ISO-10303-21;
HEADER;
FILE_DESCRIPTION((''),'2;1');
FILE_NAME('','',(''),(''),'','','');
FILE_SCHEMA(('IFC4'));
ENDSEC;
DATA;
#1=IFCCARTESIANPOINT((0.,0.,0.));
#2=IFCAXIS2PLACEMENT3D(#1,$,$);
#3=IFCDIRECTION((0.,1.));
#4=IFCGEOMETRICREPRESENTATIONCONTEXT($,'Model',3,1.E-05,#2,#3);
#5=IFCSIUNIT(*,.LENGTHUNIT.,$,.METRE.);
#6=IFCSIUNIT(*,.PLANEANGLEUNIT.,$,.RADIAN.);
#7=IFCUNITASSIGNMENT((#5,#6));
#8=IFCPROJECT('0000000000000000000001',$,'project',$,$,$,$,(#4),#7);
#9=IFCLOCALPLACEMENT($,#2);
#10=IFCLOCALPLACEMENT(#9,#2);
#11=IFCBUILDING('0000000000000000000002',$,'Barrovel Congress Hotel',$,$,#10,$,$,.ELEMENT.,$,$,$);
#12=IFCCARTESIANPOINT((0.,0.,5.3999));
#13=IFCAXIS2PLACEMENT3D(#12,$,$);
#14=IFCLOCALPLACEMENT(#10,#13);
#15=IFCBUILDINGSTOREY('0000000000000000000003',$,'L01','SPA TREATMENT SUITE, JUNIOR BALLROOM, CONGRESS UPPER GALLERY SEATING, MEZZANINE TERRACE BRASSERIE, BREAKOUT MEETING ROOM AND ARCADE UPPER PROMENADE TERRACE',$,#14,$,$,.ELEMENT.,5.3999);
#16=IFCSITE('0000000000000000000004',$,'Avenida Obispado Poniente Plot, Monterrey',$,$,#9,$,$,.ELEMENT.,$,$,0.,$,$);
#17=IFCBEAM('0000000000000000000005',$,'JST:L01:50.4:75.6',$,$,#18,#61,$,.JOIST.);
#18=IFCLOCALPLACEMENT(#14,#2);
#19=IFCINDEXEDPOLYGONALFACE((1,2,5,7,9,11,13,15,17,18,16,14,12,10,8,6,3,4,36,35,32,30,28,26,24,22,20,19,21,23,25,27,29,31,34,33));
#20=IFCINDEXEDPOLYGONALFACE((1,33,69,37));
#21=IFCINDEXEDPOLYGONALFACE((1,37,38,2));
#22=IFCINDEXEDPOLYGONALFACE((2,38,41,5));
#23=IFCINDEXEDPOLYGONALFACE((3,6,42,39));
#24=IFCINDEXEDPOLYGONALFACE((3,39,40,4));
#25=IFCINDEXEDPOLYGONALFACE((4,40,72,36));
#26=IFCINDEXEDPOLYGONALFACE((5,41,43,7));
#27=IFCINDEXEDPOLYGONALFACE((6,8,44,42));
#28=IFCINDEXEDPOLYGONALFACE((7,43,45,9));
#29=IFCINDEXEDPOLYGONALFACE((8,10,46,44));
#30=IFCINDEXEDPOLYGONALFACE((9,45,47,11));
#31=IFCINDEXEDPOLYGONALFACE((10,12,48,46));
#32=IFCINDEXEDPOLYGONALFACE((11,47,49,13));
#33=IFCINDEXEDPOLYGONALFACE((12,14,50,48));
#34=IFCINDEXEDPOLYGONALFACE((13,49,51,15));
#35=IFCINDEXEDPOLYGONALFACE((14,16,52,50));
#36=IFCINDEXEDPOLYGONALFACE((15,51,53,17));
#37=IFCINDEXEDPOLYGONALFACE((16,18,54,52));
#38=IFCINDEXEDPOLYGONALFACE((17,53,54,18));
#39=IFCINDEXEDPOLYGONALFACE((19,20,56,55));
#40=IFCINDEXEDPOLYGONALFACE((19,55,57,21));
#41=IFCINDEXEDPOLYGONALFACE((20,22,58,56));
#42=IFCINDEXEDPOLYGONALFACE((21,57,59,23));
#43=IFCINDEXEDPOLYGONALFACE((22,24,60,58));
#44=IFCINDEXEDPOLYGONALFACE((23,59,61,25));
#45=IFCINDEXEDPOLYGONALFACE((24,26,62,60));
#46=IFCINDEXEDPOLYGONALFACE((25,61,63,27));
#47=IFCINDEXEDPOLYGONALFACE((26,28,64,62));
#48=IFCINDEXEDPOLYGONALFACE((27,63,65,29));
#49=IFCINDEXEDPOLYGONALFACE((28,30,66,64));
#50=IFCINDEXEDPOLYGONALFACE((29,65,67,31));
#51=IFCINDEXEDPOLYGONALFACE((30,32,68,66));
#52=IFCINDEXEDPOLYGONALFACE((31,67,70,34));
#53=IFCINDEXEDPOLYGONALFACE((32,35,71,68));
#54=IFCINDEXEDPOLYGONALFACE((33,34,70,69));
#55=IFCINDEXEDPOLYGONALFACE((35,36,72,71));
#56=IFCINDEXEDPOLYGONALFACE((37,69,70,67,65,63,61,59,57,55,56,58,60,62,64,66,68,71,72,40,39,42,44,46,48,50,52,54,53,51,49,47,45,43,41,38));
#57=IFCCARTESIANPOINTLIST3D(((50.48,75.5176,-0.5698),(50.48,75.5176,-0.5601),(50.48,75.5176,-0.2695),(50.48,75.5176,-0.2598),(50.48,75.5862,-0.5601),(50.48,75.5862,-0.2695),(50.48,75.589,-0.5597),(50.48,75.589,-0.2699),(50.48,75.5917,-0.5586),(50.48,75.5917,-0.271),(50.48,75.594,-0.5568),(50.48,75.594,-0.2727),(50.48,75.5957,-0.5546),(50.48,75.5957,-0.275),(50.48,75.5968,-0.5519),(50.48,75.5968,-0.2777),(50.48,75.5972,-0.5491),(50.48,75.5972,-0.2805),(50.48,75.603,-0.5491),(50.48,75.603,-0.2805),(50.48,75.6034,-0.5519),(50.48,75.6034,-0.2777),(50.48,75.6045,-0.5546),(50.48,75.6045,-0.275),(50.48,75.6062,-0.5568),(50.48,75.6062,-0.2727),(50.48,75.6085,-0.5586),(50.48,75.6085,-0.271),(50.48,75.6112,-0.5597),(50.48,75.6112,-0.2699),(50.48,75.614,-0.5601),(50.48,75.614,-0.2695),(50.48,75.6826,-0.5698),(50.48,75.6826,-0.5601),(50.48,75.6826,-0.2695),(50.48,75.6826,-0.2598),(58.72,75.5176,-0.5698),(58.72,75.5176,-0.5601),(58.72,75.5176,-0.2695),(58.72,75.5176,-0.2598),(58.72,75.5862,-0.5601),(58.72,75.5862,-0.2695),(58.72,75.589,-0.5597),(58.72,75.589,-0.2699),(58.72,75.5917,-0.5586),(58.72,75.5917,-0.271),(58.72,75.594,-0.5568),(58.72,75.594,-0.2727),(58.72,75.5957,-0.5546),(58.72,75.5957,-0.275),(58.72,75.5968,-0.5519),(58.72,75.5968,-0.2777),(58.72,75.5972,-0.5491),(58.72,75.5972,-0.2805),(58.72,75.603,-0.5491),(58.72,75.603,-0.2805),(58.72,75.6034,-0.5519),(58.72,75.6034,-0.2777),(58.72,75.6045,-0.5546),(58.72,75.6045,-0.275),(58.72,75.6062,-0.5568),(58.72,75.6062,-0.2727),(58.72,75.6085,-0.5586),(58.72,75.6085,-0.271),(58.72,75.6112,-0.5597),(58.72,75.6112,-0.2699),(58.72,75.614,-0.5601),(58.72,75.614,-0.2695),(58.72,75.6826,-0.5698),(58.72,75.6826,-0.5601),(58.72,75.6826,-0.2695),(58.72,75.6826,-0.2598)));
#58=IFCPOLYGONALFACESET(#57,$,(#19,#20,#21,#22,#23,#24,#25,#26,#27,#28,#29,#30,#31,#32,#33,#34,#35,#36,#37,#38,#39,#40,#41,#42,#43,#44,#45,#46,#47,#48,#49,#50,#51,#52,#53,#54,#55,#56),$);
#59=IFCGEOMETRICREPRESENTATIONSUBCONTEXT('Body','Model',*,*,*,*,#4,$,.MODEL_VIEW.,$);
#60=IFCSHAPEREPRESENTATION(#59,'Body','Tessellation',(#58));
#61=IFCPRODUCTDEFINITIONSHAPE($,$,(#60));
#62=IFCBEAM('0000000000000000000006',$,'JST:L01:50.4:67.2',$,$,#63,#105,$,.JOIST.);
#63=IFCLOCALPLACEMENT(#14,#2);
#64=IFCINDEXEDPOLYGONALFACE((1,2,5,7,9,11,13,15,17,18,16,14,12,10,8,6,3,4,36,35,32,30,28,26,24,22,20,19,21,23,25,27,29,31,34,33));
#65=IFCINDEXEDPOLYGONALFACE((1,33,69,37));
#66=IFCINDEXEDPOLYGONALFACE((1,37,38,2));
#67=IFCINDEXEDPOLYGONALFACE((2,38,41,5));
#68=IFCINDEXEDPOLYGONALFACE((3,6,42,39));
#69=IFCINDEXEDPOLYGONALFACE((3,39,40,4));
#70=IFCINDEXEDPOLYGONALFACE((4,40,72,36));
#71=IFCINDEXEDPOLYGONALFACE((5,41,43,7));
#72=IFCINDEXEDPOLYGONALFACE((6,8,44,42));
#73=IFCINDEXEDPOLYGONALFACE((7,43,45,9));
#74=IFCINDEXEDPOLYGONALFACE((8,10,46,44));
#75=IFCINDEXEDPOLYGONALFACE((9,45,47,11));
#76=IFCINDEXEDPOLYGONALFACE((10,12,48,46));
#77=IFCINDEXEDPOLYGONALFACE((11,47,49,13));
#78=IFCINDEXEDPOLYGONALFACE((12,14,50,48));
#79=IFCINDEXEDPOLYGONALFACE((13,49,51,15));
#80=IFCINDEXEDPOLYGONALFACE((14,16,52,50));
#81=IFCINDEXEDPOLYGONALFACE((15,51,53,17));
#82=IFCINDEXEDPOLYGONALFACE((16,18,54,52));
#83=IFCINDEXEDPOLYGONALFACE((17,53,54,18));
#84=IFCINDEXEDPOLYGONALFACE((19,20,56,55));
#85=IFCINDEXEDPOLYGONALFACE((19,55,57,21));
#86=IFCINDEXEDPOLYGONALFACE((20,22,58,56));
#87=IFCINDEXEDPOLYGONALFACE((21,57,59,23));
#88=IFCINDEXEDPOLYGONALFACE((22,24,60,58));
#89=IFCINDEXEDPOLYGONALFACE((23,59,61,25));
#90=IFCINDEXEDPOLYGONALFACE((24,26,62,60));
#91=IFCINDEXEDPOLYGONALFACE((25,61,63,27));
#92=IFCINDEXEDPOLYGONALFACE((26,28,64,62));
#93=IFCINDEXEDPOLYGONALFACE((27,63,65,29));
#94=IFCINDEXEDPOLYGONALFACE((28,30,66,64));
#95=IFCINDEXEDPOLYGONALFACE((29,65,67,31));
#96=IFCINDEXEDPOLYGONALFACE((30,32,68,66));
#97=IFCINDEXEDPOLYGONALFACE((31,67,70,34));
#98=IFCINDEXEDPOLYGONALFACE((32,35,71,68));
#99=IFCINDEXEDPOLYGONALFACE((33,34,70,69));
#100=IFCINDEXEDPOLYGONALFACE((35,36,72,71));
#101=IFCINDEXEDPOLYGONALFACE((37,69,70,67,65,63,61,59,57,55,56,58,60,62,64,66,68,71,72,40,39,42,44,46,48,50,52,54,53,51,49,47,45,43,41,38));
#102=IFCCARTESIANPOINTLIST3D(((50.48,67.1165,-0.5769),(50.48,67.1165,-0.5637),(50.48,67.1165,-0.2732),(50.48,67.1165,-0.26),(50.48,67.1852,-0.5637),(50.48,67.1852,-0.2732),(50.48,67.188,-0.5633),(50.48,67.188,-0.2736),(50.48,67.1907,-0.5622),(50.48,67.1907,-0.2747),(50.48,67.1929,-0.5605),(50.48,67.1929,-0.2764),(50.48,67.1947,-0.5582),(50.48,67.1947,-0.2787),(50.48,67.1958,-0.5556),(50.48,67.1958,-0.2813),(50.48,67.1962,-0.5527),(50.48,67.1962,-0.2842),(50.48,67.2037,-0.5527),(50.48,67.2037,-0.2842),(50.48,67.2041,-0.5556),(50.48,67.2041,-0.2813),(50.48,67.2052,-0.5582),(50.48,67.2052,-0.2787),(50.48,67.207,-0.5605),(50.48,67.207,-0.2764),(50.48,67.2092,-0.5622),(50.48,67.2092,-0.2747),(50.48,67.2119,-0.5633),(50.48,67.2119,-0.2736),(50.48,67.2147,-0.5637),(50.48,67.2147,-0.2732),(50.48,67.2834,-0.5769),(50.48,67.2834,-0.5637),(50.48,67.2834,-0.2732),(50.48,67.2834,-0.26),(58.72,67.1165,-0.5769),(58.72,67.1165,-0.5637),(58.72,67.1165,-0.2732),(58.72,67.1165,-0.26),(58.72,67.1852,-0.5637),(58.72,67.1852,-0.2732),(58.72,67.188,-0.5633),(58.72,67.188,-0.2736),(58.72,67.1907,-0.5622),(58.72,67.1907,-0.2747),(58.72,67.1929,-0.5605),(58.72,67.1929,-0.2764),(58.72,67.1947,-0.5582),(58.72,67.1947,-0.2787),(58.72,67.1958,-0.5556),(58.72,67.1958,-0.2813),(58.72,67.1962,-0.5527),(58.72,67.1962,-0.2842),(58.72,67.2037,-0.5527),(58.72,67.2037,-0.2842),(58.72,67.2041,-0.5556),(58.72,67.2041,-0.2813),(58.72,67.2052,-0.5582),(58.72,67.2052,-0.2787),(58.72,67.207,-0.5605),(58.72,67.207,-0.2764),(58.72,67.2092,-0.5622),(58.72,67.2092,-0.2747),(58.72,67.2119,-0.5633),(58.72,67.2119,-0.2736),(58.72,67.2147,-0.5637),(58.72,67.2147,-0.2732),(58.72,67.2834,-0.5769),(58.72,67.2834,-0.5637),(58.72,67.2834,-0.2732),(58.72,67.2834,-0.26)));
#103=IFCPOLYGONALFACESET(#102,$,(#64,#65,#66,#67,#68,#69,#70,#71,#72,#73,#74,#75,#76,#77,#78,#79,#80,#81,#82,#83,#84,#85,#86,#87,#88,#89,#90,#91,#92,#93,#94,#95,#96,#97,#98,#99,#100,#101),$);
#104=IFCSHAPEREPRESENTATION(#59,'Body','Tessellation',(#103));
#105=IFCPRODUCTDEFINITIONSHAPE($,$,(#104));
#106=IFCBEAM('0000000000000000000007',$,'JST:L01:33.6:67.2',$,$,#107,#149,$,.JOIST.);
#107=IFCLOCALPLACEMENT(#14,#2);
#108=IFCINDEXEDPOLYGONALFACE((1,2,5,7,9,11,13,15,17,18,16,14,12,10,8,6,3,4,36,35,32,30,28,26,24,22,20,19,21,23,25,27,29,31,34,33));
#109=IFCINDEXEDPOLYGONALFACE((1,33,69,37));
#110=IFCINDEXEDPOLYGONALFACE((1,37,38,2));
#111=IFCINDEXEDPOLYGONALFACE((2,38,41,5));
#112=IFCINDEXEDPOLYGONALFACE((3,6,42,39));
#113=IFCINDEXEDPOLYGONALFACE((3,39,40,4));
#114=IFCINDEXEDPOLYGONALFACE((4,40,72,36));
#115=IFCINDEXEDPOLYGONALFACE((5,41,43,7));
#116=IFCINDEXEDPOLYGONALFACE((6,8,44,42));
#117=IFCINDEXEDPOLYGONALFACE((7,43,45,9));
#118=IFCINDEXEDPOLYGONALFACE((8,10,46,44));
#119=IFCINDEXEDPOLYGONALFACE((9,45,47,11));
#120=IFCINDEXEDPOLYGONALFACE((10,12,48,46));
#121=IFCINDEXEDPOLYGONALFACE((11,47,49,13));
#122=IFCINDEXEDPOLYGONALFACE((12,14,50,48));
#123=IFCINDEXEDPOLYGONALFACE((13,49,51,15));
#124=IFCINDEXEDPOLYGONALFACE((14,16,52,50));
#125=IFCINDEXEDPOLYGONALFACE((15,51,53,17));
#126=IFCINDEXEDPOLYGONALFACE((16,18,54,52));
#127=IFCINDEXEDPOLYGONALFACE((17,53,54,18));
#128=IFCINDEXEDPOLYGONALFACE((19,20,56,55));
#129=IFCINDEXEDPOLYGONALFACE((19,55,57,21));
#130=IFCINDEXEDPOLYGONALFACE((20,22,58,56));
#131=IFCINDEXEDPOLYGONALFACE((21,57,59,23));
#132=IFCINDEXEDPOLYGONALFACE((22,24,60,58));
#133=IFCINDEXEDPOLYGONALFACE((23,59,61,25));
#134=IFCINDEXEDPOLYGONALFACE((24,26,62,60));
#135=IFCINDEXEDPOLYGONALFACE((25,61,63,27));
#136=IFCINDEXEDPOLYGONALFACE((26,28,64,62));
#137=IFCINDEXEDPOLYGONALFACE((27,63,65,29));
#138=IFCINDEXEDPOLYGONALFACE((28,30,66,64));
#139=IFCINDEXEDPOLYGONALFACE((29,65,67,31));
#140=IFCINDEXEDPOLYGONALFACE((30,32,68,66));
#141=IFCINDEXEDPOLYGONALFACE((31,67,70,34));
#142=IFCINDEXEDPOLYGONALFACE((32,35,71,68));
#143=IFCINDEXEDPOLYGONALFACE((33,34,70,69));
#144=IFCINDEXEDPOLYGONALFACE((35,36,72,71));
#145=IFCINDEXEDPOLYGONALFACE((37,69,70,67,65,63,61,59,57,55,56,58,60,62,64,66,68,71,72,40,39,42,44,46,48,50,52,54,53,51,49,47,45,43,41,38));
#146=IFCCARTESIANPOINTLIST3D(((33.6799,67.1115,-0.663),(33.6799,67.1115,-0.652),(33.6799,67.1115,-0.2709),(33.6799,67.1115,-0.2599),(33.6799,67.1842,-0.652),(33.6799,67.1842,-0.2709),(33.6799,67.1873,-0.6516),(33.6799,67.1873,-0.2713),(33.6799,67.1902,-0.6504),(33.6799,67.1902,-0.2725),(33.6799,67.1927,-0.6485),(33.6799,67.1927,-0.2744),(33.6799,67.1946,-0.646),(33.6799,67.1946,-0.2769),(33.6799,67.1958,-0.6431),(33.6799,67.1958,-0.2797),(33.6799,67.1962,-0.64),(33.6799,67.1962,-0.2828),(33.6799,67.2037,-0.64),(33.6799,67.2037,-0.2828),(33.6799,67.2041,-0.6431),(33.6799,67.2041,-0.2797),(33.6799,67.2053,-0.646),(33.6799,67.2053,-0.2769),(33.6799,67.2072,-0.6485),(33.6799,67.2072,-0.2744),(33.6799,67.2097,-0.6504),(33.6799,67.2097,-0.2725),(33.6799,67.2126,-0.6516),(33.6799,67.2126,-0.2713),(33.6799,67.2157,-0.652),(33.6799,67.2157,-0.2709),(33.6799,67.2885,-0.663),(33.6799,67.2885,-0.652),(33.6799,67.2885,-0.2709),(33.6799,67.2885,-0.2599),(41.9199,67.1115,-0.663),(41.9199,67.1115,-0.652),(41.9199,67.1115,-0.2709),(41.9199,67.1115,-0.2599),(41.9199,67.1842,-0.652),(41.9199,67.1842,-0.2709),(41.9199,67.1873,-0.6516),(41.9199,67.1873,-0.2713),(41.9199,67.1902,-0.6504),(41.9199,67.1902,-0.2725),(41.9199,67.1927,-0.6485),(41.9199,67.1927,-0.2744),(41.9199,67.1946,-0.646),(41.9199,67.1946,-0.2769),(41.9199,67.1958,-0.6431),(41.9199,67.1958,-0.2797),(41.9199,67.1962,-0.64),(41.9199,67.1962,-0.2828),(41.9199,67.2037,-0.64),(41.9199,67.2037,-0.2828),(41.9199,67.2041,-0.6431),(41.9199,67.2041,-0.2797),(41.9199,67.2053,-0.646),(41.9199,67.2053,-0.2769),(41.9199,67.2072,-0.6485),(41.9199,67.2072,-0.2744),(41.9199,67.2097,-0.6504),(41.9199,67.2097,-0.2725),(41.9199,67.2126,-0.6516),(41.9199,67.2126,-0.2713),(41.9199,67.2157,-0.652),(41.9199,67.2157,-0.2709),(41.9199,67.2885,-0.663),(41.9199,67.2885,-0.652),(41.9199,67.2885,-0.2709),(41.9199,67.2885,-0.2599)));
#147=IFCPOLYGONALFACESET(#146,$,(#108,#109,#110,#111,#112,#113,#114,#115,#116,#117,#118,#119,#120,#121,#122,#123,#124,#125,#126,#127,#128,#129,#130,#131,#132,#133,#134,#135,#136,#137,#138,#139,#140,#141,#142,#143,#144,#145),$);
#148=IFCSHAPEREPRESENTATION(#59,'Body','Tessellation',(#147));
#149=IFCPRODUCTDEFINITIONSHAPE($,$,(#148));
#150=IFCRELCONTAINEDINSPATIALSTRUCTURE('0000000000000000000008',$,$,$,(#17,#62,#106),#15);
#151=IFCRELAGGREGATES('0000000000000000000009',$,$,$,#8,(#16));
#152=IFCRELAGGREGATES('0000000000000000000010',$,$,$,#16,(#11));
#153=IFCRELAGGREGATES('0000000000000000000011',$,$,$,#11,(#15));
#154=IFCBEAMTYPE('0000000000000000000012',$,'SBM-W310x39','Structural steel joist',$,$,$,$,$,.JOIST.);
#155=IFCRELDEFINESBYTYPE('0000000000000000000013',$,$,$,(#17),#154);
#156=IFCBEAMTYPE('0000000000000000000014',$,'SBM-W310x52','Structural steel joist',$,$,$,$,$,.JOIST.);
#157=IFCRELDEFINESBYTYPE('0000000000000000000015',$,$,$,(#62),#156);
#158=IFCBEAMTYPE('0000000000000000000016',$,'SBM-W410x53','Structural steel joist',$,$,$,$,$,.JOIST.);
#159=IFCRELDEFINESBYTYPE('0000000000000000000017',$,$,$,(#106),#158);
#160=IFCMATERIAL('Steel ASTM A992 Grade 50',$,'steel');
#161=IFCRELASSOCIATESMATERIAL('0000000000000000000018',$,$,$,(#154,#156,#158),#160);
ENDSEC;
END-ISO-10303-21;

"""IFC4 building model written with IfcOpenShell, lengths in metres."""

from ifc_helpers import new_model, si_unit, direction, frame, origin, origin_2d, place, context, subcontext, project, spatial, i_section, extrude, material, material_profile, profile_set, type_object, element, save


model = new_model("IFC4")

# Units and contexts
model_context = context("Model", 3, precision=1e-05, world=origin(), true_north=direction((0.0, 1.0)))
body_context = subcontext(model_context, "Body", "Model", "MODEL_VIEW")
ifc_project = project(units=[si_unit("LENGTHUNIT", "METRE"), si_unit("PLANEANGLEUNIT", "RADIAN")], contexts=[model_context])

# Site, building, storey
site_placement = place(None, origin())
site = spatial("IfcSite", under=ifc_project, at=site_placement, Name="Avenida Obispado Poniente Plot, Monterrey", CompositionType="ELEMENT", RefElevation=0.0)
building_placement = place(site_placement, origin())
building = spatial("IfcBuilding", under=site, at=building_placement, Name="Barrovel Congress Hotel", CompositionType="ELEMENT")
storey_placement = place(building_placement, frame((0.0, 0.0, 5.3999)))
storey = spatial("IfcBuildingStorey", under=building, at=storey_placement, Name="L01", Description="SPA TREATMENT SUITE, JUNIOR BALLROOM, CONGRESS UPPER GALLERY SEATING, MEZZANINE TERRACE BRASSERIE, BREAKOUT MEETING ROOM AND ARCADE UPPER PROMENADE TERRACE", CompositionType="ELEMENT", Elevation=5.3999)

# Beams
ifc_material_1 = material(Name="Steel ASTM A992 Grade 50", Category="steel")
ifc_material_profile_1 = material_profile(ifc_material_1, i_section(OverallWidth=0.165, OverallDepth=0.3101, WebThickness=0.0059, FlangeThickness=0.0098, FilletRadius=0.011, at=origin_2d()), Name="W310x39")
ifc_profile_set_1 = profile_set([ifc_material_profile_1], Name="Steel ASTM A992 Grade 50")
beam_type_1 = type_object("IfcBeamType", Name="SBM-W310x39", Description="Structural steel joist", PredefinedType="JOIST", material=ifc_profile_set_1)
beam_1_placement = place(storey_placement, frame((50.48, 75.6001, -0.4148), z_axis=(1.0, 0.0, 0.0), x_axis=(0.0, 1.0, 0.0)))
element("IfcBeam", 1, at=beam_1_placement, inside=storey, type_object=beam_type_1, Name="JST:L01:50.4:75.6", PredefinedType="JOIST", context=body_context, shape_type="SweptSolid", body=[
    extrude(i_section(OverallWidth=0.165, OverallDepth=0.3101, WebThickness=0.0059, FlangeThickness=0.0098, FilletRadius=0.011, at=origin_2d()), origin(), (0.0, 0.0, 1.0), 8.24),
])
ifc_material_profile_2 = material_profile(ifc_material_1, i_section(OverallWidth=0.167, OverallDepth=0.3169, WebThickness=0.0076, FlangeThickness=0.0132, FilletRadius=0.011, at=origin_2d()), Name="W310x52")
ifc_profile_set_2 = profile_set([ifc_material_profile_2], Name="Steel ASTM A992 Grade 50")
beam_type_2 = type_object("IfcBeamType", Name="SBM-W310x52", Description="Structural steel joist", PredefinedType="JOIST", material=ifc_profile_set_2)
beam_2_placement = place(storey_placement, frame((50.48, 67.2, -0.4185), z_axis=(1.0, 0.0, 0.0), x_axis=(0.0, 1.0, 0.0)))
element("IfcBeam", 2, at=beam_2_placement, inside=storey, type_object=beam_type_2, Name="JST:L01:50.4:67.2", PredefinedType="JOIST", context=body_context, shape_type="SweptSolid", body=[
    extrude(i_section(OverallWidth=0.167, OverallDepth=0.3169, WebThickness=0.0076, FlangeThickness=0.0132, FilletRadius=0.011, at=origin_2d()), origin(), (0.0, 0.0, 1.0), 8.24),
])
ifc_material_profile_3 = material_profile(ifc_material_1, i_section(OverallWidth=0.177, OverallDepth=0.4031, WebThickness=0.0076, FlangeThickness=0.011, FilletRadius=0.012, at=origin_2d()), Name="W410x53")
ifc_profile_set_3 = profile_set([ifc_material_profile_3], Name="Steel ASTM A992 Grade 50")
beam_type_3 = type_object("IfcBeamType", Name="SBM-W410x53", Description="Structural steel joist", PredefinedType="JOIST", material=ifc_profile_set_3)
beam_3_placement = place(storey_placement, frame((33.6799, 67.2, -0.4614), z_axis=(1.0, 0.0, 0.0), x_axis=(0.0, 1.0, 0.0)))
element("IfcBeam", 3, at=beam_3_placement, inside=storey, type_object=beam_type_3, Name="JST:L01:33.6:67.2", PredefinedType="JOIST", context=body_context, shape_type="SweptSolid", body=[
    extrude(i_section(OverallWidth=0.177, OverallDepth=0.4031, WebThickness=0.0076, FlangeThickness=0.011, FilletRadius=0.012, at=origin_2d()), origin(), (0.0, 0.0, 1.0), 8.24),
])

save(model, "model.ifc")
